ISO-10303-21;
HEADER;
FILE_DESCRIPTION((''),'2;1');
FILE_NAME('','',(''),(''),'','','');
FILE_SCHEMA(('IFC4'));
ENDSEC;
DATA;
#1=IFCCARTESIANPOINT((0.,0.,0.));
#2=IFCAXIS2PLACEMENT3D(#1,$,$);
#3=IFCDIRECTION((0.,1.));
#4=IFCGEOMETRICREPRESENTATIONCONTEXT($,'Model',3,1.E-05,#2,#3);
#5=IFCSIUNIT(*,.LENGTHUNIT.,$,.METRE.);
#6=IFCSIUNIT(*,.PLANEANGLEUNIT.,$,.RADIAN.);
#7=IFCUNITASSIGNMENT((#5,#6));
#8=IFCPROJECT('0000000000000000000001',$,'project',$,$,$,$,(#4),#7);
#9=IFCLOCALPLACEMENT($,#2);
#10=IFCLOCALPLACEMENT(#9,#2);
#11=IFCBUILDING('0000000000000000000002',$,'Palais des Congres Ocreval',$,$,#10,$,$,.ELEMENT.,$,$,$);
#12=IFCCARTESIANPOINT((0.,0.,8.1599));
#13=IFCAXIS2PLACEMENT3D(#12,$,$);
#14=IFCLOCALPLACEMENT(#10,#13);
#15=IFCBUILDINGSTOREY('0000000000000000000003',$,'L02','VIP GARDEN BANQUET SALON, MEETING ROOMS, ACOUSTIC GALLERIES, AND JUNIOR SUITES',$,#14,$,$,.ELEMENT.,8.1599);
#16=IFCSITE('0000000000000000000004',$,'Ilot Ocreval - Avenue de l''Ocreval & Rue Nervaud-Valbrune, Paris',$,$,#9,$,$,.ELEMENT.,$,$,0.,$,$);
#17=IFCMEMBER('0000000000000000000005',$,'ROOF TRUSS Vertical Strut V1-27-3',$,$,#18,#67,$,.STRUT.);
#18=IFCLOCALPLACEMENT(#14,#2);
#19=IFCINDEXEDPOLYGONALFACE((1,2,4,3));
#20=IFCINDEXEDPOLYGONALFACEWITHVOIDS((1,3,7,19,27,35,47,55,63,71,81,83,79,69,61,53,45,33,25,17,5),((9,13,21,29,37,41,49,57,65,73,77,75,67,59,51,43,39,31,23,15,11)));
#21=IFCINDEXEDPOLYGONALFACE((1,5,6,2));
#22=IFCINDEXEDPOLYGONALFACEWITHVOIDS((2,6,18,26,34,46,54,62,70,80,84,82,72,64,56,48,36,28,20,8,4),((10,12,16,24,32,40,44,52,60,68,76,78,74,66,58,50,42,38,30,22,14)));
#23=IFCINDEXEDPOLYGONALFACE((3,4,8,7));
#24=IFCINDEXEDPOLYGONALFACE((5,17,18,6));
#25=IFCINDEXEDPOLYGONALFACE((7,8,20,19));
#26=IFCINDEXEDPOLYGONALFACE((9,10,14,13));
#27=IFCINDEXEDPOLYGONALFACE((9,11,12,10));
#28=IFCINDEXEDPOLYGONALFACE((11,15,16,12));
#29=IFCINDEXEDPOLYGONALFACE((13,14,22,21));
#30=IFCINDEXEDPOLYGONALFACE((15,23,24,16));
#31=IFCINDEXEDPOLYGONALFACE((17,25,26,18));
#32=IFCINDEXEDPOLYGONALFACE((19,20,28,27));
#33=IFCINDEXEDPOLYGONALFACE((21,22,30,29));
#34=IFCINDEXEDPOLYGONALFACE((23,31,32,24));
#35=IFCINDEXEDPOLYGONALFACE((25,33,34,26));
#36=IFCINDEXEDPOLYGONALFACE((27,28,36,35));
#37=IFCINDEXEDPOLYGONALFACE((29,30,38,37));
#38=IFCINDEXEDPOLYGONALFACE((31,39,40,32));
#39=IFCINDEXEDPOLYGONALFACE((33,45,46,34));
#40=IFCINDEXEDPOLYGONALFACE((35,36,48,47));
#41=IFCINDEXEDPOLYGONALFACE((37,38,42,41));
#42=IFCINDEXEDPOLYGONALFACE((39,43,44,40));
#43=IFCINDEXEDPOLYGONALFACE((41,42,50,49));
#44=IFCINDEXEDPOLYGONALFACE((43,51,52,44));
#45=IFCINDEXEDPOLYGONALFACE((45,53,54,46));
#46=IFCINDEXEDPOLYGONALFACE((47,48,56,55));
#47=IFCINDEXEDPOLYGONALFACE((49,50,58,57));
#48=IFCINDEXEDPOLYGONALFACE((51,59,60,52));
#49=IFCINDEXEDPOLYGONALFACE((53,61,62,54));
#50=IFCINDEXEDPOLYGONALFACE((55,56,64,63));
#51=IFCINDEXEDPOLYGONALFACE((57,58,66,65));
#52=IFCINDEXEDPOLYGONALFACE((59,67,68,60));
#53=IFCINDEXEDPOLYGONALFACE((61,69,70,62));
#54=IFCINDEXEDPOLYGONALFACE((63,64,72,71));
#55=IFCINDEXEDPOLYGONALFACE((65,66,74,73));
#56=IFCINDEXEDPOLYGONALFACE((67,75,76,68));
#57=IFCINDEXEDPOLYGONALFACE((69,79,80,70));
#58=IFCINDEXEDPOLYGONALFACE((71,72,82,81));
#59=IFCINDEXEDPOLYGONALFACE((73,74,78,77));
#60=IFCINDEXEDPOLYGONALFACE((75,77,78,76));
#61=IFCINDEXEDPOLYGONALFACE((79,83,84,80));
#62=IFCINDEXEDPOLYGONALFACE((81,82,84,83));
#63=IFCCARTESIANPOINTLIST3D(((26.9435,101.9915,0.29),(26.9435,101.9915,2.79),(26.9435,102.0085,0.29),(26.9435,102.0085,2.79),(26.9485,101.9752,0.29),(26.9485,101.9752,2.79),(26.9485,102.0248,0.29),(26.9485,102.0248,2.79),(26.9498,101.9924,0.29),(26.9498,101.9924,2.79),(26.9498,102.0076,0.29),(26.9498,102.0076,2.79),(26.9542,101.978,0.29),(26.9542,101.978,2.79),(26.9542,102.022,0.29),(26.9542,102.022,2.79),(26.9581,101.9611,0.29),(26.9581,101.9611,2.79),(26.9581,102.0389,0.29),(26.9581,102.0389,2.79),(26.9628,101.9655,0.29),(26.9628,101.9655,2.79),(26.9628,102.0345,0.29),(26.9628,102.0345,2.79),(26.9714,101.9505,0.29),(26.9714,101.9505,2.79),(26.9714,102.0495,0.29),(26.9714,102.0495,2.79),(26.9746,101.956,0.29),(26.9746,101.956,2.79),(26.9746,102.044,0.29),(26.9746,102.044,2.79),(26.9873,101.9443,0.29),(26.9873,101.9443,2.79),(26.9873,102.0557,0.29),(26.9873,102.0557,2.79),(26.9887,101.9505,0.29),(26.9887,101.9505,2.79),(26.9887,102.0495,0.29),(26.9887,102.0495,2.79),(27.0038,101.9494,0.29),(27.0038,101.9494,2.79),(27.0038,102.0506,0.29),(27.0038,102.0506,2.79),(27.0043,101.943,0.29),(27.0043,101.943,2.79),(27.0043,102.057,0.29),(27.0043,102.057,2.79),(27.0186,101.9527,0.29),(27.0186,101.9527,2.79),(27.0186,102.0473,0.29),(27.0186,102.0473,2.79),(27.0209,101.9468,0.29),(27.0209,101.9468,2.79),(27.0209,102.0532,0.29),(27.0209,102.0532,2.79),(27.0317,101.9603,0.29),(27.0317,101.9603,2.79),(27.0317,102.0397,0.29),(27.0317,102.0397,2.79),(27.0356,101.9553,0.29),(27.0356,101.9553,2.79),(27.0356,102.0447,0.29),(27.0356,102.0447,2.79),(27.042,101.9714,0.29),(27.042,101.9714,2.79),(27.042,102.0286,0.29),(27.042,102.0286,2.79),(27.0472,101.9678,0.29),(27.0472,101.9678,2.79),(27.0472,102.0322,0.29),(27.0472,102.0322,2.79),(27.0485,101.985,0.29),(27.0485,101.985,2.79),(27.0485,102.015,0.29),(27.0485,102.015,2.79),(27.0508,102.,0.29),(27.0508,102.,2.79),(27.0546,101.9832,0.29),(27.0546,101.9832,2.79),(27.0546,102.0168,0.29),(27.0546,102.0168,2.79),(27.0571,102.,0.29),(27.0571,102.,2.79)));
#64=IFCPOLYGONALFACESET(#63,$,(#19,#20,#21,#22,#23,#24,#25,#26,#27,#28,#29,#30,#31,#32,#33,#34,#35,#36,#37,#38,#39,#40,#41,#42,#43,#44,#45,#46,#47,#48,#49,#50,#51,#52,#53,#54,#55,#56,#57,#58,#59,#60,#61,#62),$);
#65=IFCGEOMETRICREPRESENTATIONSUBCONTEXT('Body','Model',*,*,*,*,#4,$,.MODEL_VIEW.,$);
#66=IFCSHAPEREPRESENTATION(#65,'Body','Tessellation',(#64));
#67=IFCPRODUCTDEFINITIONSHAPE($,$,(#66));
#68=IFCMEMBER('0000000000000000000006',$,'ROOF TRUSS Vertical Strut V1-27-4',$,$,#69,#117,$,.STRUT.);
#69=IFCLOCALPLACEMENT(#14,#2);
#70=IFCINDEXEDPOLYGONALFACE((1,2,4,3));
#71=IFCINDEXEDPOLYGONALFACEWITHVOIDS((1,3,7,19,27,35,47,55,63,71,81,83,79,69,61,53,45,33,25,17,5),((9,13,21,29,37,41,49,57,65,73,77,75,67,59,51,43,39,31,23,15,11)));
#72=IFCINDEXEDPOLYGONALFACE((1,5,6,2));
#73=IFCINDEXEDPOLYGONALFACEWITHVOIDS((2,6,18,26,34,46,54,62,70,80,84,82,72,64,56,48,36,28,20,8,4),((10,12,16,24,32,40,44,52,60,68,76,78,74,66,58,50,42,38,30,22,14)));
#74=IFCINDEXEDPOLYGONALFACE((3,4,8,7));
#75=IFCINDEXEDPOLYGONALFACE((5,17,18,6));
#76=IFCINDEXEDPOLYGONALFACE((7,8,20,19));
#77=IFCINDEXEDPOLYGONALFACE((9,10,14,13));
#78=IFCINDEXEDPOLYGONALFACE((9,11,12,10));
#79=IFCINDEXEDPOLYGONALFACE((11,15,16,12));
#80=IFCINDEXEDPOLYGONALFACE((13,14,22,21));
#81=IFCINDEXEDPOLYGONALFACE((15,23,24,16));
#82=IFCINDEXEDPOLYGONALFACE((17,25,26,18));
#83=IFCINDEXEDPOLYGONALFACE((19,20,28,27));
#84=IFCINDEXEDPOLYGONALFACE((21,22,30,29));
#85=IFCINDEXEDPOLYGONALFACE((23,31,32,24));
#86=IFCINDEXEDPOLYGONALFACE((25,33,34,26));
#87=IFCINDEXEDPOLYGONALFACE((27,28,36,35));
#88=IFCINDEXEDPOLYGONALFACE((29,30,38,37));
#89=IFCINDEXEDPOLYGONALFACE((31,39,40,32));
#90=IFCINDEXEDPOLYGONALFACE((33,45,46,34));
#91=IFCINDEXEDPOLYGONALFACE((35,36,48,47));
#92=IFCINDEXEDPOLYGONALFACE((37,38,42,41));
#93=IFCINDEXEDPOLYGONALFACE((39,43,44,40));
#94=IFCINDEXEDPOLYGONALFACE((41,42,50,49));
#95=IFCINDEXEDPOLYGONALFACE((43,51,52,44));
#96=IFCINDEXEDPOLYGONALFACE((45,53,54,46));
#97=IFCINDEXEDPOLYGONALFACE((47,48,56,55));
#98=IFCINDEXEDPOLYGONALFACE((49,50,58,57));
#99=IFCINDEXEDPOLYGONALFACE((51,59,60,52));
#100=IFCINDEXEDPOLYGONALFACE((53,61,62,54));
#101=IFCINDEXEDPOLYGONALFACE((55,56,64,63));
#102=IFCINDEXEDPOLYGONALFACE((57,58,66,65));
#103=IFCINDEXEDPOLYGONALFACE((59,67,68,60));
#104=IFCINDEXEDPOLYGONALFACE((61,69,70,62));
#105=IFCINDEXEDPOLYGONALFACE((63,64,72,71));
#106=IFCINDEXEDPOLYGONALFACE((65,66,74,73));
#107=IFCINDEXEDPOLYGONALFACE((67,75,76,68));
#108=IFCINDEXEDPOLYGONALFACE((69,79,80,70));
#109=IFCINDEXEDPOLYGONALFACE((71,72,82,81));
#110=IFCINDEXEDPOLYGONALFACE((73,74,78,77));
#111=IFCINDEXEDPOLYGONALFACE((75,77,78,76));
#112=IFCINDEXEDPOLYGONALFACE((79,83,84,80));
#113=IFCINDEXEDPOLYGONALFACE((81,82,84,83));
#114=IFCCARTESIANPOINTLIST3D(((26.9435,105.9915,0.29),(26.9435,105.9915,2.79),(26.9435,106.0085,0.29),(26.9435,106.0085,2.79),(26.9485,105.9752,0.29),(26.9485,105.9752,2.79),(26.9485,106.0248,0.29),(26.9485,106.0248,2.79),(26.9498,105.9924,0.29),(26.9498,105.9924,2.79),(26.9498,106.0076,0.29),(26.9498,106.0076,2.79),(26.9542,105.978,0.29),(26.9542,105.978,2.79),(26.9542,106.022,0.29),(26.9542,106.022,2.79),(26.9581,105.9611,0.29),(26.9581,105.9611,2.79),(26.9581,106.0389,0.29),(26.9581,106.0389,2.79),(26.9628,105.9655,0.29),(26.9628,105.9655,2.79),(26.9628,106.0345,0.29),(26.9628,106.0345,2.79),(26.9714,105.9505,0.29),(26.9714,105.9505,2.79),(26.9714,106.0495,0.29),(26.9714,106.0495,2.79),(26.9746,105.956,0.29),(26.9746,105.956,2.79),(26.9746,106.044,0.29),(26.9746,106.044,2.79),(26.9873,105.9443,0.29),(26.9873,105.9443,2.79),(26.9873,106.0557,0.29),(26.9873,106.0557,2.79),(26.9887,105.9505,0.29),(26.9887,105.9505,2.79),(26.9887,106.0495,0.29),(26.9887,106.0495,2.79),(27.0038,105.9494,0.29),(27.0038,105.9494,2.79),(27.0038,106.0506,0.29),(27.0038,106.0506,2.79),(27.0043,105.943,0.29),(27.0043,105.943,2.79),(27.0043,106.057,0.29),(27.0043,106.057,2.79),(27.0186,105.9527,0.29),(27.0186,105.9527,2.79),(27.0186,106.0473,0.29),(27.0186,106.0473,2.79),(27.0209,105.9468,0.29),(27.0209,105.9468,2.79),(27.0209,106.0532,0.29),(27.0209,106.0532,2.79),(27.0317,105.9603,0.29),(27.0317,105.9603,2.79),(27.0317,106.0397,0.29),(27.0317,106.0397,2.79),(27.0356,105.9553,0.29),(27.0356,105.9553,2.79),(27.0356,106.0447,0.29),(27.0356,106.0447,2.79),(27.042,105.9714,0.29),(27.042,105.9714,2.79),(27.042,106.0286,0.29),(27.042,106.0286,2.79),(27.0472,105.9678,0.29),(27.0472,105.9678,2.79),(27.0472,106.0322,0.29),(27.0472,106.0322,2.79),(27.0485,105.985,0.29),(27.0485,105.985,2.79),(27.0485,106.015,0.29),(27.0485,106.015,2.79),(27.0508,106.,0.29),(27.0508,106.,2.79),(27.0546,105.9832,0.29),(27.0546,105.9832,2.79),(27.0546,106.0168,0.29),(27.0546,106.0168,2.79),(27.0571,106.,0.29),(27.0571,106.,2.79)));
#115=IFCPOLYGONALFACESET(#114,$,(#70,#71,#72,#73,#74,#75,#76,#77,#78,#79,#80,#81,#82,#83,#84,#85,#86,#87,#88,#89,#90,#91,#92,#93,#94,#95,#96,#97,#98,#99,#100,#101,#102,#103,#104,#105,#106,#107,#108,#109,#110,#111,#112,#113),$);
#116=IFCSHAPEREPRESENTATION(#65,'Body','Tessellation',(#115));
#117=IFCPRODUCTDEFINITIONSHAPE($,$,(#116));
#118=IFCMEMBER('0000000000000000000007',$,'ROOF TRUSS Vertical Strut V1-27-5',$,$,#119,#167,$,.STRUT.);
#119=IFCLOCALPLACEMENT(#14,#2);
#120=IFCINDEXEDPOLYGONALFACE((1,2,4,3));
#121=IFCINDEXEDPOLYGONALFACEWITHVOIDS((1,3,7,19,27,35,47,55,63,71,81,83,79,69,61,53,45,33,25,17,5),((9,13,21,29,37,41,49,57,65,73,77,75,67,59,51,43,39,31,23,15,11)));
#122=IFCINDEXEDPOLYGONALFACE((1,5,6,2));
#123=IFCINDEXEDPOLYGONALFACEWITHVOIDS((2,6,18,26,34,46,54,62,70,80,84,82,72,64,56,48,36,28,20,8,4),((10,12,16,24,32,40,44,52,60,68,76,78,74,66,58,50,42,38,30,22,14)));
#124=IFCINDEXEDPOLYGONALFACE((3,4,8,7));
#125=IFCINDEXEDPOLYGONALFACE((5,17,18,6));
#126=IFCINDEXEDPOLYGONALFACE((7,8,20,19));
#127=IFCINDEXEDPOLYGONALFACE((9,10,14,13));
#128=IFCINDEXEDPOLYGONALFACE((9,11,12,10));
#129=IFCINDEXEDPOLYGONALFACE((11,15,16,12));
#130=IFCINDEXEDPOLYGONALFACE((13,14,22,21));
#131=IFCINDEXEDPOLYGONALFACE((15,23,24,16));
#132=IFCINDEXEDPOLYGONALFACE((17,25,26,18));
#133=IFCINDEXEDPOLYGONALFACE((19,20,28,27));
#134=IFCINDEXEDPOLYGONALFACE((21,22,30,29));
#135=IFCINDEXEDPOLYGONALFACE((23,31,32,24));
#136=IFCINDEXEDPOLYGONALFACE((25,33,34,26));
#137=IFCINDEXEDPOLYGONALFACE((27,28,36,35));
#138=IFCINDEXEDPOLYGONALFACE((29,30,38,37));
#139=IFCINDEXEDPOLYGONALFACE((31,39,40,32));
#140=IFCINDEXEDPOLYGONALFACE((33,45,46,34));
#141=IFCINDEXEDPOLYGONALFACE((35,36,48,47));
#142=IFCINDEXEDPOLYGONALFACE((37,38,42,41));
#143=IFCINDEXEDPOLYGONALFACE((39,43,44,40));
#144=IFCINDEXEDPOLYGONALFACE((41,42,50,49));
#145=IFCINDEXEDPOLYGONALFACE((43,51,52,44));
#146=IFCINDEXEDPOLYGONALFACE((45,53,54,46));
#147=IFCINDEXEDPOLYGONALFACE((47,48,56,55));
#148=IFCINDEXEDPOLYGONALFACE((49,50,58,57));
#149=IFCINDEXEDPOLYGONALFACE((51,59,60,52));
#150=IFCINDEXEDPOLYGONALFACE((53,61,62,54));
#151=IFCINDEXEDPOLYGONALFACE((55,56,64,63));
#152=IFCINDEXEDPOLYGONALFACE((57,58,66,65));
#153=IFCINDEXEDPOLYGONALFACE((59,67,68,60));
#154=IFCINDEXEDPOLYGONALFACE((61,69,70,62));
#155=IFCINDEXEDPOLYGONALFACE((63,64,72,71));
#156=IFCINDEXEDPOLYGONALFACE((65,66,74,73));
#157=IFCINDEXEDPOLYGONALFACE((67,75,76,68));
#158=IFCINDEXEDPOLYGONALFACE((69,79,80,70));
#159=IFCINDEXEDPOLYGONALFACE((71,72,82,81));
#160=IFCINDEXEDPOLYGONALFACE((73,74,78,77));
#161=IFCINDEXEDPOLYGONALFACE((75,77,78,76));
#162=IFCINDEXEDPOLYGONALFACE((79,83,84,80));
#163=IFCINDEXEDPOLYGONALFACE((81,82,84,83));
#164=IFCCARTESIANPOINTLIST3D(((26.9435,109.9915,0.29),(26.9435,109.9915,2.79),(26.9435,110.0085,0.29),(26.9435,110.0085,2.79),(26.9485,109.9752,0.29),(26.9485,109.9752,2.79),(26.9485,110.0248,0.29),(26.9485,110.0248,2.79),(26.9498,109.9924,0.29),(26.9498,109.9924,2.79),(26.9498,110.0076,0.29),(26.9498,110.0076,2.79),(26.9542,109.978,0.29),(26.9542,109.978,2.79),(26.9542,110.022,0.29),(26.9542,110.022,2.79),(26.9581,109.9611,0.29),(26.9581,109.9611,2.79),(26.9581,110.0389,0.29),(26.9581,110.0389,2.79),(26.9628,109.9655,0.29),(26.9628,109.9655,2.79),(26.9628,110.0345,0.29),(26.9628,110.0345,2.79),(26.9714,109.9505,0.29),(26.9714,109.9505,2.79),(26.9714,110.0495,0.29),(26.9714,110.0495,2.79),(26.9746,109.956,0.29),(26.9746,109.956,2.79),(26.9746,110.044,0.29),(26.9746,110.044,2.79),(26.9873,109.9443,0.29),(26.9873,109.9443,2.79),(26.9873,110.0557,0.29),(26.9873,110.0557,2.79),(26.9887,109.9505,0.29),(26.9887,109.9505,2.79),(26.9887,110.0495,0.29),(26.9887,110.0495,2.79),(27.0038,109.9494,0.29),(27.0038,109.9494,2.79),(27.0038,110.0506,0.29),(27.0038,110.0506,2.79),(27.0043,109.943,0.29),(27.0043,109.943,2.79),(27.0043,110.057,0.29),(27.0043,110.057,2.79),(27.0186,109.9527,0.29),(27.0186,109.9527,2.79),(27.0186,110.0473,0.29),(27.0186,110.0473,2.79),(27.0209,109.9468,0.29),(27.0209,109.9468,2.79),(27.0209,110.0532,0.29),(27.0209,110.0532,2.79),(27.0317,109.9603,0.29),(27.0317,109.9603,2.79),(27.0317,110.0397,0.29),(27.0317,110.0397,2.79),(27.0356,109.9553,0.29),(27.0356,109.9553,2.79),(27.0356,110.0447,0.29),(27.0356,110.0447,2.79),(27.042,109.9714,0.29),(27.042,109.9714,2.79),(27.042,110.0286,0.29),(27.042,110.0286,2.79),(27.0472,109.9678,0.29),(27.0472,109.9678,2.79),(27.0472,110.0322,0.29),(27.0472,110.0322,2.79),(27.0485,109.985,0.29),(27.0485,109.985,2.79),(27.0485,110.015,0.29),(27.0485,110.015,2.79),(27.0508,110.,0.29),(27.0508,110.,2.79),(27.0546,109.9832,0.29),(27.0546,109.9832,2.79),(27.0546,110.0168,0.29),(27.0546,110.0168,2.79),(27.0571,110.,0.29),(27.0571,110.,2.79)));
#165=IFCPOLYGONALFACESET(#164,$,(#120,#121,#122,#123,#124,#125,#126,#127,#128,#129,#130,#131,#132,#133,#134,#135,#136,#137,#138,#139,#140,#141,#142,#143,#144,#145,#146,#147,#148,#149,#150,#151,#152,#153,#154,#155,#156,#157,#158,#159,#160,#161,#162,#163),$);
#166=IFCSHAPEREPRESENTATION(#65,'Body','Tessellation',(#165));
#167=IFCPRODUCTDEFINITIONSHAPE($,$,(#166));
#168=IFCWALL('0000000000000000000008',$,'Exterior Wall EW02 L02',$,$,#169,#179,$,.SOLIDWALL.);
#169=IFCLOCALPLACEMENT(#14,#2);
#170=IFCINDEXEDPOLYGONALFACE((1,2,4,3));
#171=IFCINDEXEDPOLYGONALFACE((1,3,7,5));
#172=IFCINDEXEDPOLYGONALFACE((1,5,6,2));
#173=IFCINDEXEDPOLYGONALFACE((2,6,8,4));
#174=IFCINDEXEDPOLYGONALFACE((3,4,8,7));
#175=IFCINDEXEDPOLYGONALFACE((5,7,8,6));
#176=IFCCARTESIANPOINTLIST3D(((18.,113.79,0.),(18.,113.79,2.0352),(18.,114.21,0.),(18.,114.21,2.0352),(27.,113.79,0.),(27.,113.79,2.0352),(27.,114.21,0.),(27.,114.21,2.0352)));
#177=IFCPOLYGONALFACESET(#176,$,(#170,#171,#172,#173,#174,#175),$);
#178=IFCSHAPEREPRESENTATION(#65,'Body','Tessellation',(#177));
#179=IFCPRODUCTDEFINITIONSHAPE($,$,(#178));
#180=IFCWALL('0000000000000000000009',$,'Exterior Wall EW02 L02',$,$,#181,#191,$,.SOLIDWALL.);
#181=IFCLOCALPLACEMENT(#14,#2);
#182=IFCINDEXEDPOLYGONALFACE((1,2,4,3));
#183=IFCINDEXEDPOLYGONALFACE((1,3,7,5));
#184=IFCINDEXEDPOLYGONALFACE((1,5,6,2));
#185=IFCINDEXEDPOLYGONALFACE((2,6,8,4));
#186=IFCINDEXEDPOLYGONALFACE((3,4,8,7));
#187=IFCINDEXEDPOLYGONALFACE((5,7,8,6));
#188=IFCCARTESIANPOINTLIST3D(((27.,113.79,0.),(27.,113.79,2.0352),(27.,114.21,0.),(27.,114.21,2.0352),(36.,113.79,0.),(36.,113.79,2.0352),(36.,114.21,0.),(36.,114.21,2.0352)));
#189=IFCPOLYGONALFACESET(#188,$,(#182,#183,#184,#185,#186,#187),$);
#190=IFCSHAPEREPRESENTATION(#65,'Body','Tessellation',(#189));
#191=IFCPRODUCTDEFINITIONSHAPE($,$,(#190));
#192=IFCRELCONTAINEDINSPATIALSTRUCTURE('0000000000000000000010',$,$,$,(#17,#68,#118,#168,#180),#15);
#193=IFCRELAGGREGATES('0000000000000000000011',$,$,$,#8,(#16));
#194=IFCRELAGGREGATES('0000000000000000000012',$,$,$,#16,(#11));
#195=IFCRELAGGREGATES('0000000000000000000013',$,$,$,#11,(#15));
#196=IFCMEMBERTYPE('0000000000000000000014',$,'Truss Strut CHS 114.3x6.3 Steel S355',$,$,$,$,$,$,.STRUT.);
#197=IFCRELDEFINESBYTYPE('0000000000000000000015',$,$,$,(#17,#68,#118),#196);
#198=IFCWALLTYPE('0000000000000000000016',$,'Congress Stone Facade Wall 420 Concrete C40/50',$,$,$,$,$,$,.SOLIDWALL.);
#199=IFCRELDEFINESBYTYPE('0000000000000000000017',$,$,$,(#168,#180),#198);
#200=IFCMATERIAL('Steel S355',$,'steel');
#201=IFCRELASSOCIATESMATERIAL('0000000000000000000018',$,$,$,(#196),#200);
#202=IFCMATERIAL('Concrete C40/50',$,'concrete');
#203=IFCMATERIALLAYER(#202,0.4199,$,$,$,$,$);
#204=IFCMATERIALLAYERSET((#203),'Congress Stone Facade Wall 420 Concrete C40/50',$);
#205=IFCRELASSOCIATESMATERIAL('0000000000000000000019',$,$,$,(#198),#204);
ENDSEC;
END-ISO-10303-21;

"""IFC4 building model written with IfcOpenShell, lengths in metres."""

from ifc_helpers import new_model, si_unit, direction, frame, frame_2d, origin, origin_2d, place, context, subcontext, project, spatial, rectangle, hollow_circle, extrude, material, layer, layer_set, material_profile, profile_set, type_object, element, save


model = new_model("IFC4")

# Units and contexts
model_context = context("Model", 3, precision=1e-05, world=origin(), true_north=direction((0.0, 1.0)))
body_context = subcontext(model_context, "Body", "Model", "MODEL_VIEW")
ifc_project = project(units=[si_unit("LENGTHUNIT", "METRE"), si_unit("PLANEANGLEUNIT", "RADIAN")], contexts=[model_context])

# Site, building, storey
site_placement = place(None, origin())
site = spatial("IfcSite", under=ifc_project, at=site_placement, Name="Ilot Ocreval - Avenue de l'Ocreval & Rue Nervaud-Valbrune, Paris", CompositionType="ELEMENT", RefElevation=0.0)
building_placement = place(site_placement, origin())
building = spatial("IfcBuilding", under=site, at=building_placement, Name="Palais des Congres Ocreval", CompositionType="ELEMENT")
storey_placement = place(building_placement, frame((0.0, 0.0, 8.1599)))
storey = spatial("IfcBuildingStorey", under=building, at=storey_placement, Name="L02", Description="VIP GARDEN BANQUET SALON, MEETING ROOMS, ACOUSTIC GALLERIES, AND JUNIOR SUITES", CompositionType="ELEMENT", Elevation=8.1599)

# Shared definitions
ifc_material_1 = material(Name="Steel S355", Category="steel")

# Members
ifc_material_profile_1 = material_profile(ifc_material_1, hollow_circle(Radius=0.0571, WallThickness=0.0063, at=origin_2d()), Name="CHS 114.3x6.3")
ifc_profile_set_1 = profile_set([ifc_material_profile_1], Name="Steel S355")
member_type_1 = type_object("IfcMemberType", Name="Truss Strut CHS 114.3x6.3 Steel S355", PredefinedType="STRUT", material=ifc_profile_set_1)
for number, where, z_axis, x_axis, name in (
    (1, (27.0, 102.0, 0.29), (0.0, 0.0, 1.0), (1.0, 0.0, 0.0), "ROOF TRUSS Vertical Strut V1-27-3"),
    (2, (27.0, 106.0, 0.29), (0.0, 0.0, 1.0), (1.0, 0.0, 0.0), "ROOF TRUSS Vertical Strut V1-27-4"),
    (3, (27.0, 110.0, 0.29), (0.0, 0.0, 1.0), (1.0, 0.0, 0.0), "ROOF TRUSS Vertical Strut V1-27-5"),
):
    element("IfcMember", number, at=place(storey_placement, frame(where, z_axis=z_axis, x_axis=x_axis)), inside=storey, type_object=member_type_1, Name=name, PredefinedType="STRUT", context=body_context, shape_type="SweptSolid", body=[
        extrude(hollow_circle(Radius=0.0571, WallThickness=0.0063, at=origin_2d()), origin(), (0.0, 0.0, 1.0), 2.5),
    ])

# Walls
ifc_material_2 = material(Name="Concrete C40/50", Category="concrete")
ifc_layer = layer(ifc_material_2, 0.4199)
ifc_layer_set = layer_set([ifc_layer], Name="Congress Stone Facade Wall 420 Concrete C40/50")
wall_type = type_object("IfcWallType", Name="Congress Stone Facade Wall 420 Concrete C40/50", PredefinedType="SOLIDWALL", material=ifc_layer_set)
for number, where, z_axis, x_axis, name in (
    (4, (18.0, 114.0, 0.0), (0.0, 0.0, 1.0), (1.0, 0.0, 0.0), "Exterior Wall EW02 L02"),
    (5, (27.0, 114.0, 0.0), (0.0, 0.0, 1.0), (1.0, 0.0, 0.0), "Exterior Wall EW02 L02"),
):
    element("IfcWall", number, at=place(storey_placement, frame(where, z_axis=z_axis, x_axis=x_axis)), inside=storey, type_object=wall_type, Name=name, PredefinedType="SOLIDWALL", context=body_context, shape_type="SweptSolid", body=[
        extrude(rectangle(XDim=9.0, YDim=0.4199, at=frame_2d((4.5, 0.0))), origin(), (0.0, 0.0, 1.0), 2.0352),
    ])

save(model, "model.ifc")
